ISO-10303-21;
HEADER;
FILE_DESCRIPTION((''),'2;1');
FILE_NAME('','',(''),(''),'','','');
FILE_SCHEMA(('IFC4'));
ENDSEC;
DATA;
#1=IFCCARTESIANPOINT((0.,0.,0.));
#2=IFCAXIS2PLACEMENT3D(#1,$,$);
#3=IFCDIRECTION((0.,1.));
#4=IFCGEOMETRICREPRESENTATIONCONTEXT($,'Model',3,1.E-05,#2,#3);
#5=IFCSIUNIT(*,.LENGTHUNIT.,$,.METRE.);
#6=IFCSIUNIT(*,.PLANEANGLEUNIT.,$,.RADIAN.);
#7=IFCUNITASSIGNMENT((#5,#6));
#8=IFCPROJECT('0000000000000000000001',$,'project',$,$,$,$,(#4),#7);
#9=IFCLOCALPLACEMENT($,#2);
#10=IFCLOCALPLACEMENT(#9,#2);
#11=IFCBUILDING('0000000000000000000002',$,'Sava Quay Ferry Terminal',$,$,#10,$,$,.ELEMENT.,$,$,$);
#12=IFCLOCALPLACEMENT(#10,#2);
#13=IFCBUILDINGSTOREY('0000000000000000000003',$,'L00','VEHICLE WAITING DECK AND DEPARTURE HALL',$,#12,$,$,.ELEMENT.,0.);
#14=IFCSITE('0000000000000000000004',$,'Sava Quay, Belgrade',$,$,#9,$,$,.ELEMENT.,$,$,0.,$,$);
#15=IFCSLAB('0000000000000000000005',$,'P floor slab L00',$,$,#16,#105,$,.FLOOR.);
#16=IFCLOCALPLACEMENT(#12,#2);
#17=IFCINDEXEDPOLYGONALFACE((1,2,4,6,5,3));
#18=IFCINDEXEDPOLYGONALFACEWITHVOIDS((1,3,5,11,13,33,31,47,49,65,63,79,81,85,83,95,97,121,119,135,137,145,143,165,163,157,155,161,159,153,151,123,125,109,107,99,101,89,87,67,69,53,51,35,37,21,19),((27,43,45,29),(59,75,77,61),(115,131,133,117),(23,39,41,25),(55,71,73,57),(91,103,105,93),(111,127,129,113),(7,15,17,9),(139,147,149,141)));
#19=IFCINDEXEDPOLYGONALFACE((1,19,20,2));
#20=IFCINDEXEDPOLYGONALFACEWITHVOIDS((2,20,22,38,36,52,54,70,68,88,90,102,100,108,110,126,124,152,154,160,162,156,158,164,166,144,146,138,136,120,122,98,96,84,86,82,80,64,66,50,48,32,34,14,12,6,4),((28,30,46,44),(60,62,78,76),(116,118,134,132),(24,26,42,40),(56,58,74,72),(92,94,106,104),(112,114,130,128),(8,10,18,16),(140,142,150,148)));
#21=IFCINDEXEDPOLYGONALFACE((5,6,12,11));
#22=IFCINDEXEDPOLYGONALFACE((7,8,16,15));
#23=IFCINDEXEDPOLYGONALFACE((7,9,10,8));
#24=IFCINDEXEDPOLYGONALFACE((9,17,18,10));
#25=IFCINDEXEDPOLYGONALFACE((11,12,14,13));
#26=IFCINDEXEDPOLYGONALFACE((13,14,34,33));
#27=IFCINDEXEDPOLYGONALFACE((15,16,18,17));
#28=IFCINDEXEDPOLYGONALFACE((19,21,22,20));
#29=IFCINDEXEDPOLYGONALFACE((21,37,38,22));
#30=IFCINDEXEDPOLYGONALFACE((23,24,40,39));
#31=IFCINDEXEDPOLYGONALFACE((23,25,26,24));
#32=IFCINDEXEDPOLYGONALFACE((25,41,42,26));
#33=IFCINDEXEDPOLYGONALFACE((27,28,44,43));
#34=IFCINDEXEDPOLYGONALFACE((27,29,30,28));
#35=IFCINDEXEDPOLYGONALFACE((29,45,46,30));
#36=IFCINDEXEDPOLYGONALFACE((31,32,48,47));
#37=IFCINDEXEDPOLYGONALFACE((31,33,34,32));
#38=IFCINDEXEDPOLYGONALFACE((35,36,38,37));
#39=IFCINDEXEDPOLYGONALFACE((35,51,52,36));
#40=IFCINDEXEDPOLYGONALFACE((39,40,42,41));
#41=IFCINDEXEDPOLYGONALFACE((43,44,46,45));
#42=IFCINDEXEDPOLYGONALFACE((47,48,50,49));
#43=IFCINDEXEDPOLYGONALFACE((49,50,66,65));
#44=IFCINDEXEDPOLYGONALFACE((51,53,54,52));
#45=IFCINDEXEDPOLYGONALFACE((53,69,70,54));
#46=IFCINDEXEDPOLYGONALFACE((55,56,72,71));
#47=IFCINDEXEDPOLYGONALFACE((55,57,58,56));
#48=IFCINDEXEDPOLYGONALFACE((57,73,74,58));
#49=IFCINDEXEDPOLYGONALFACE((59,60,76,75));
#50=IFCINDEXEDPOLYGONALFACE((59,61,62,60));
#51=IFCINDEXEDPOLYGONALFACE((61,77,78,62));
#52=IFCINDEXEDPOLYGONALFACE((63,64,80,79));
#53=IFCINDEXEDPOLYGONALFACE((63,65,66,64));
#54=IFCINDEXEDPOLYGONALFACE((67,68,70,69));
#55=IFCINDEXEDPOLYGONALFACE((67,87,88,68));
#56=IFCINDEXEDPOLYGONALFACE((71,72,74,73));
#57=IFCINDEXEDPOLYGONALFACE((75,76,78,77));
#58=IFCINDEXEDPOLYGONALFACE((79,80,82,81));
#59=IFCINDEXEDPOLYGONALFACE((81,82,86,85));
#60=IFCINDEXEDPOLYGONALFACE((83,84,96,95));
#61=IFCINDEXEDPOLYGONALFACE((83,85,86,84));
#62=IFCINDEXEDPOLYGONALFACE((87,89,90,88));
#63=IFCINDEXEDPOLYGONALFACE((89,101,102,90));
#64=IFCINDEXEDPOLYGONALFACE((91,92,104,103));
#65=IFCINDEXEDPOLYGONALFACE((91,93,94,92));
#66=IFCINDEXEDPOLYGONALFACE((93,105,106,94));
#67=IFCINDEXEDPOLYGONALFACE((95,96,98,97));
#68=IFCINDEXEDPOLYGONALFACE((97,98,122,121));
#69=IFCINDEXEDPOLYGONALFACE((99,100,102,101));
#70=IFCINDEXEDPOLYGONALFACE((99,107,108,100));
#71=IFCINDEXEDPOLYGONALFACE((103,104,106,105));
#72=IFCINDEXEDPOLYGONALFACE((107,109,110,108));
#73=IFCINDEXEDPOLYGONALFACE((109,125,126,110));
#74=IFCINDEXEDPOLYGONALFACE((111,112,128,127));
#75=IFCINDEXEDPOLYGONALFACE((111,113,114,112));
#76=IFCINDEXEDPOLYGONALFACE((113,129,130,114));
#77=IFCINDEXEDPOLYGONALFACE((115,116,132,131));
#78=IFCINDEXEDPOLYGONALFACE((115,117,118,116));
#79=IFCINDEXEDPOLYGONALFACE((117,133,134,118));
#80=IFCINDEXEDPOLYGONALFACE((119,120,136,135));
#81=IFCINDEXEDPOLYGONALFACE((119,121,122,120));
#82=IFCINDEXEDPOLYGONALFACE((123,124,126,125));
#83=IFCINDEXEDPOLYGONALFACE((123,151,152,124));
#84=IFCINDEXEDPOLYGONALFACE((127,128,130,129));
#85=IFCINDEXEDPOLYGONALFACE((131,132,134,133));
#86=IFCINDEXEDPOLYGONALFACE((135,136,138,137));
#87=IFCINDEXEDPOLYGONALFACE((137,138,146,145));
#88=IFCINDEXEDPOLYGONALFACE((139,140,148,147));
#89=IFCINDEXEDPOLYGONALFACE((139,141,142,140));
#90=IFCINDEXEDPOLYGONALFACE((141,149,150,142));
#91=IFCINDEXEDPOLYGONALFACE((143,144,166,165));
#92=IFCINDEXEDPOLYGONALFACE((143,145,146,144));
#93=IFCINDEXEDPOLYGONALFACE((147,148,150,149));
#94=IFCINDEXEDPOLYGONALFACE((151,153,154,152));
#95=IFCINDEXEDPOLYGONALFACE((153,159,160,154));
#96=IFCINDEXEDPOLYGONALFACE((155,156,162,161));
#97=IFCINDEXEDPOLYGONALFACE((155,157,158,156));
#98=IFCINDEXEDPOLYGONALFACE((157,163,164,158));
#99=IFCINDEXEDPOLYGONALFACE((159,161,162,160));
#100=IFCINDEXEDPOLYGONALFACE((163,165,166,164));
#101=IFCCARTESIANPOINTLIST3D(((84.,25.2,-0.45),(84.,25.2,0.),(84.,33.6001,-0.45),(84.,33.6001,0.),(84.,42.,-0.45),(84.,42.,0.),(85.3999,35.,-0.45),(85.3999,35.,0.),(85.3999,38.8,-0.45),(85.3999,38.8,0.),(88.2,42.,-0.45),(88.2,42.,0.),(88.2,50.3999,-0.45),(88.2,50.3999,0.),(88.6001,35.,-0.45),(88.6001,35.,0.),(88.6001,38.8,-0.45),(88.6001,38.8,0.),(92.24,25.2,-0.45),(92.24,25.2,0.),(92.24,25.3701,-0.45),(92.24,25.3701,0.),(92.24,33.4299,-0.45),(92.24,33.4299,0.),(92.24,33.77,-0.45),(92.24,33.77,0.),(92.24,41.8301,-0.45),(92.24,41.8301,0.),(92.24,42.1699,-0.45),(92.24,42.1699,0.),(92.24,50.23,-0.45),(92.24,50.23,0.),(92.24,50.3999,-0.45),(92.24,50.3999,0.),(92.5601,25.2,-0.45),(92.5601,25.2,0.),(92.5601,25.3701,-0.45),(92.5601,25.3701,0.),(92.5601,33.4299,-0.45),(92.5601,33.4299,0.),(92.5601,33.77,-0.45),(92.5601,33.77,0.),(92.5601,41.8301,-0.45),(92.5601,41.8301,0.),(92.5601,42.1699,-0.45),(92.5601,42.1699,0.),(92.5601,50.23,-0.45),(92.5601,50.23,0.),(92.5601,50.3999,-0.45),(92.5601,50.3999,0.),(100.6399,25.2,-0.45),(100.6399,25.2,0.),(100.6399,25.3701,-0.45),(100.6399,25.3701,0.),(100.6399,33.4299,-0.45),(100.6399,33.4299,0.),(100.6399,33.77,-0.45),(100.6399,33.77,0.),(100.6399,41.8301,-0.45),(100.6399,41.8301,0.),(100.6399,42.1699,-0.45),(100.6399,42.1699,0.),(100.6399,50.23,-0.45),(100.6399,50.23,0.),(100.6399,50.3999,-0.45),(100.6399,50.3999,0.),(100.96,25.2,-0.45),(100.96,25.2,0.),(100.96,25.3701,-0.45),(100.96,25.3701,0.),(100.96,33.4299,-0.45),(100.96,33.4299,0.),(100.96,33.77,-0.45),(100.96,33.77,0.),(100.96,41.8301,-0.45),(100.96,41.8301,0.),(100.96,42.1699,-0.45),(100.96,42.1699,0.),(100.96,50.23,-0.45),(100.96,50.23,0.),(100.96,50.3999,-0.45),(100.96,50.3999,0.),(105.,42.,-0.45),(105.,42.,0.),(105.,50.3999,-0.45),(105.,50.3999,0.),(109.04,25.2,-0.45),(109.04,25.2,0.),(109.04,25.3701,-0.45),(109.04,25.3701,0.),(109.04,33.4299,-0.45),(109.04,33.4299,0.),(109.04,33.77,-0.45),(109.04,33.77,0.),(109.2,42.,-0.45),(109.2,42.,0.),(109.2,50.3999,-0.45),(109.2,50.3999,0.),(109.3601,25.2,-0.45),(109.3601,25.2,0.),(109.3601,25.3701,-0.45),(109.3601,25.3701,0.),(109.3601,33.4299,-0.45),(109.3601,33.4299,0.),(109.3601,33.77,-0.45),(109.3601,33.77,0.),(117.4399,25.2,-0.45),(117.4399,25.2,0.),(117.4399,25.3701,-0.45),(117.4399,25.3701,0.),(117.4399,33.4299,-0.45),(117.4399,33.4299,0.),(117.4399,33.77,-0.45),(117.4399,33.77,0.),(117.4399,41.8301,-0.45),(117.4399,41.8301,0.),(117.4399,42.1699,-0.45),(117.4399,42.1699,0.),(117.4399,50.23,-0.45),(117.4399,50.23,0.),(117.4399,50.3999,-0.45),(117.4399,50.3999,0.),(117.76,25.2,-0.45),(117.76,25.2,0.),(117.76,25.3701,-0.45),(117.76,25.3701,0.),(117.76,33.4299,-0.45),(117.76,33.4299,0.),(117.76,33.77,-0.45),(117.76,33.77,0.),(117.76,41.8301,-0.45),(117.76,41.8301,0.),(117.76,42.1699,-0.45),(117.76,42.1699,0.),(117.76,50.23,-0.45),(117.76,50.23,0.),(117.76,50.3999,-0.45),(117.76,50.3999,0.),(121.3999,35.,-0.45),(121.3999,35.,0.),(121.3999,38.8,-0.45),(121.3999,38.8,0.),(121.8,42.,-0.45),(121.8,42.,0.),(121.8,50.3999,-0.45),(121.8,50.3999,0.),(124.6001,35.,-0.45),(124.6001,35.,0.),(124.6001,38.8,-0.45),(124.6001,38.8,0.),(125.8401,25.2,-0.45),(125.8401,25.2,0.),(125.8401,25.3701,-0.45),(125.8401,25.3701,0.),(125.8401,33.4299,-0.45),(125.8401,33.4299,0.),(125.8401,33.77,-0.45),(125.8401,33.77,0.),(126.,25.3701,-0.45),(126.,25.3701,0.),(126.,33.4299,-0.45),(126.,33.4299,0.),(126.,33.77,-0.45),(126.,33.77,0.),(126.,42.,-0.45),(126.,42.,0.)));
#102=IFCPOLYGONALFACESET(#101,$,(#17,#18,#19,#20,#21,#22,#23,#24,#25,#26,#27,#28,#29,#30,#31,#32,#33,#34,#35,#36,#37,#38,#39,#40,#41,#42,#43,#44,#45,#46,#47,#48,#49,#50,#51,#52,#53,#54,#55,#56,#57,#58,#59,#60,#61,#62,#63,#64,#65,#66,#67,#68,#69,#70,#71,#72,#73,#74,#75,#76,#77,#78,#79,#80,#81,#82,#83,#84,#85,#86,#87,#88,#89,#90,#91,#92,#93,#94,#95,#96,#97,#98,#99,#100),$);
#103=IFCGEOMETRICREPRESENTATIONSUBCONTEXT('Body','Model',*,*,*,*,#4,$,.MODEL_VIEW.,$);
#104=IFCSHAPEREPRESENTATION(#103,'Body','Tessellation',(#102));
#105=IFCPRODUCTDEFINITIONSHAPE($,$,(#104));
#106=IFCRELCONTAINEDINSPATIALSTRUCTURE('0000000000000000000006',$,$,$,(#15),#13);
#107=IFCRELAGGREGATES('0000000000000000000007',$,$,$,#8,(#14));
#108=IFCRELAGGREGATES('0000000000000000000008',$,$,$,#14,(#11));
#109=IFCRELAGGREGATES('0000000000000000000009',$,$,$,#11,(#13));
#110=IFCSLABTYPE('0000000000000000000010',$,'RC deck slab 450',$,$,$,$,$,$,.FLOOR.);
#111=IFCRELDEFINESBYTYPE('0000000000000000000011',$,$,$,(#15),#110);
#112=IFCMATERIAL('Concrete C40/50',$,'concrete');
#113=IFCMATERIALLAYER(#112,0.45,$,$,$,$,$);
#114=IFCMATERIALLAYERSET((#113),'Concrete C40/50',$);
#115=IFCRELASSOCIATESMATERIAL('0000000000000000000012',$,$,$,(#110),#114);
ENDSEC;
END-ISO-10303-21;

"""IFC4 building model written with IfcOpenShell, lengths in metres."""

from ifc_helpers import new_model, si_unit, direction, frame, origin, place, context, subcontext, project, spatial, polyline, outline, extrude, material, layer, layer_set, type_object, element, save


model = new_model("IFC4")

# Units and contexts
model_context = context("Model", 3, precision=1e-05, world=origin(), true_north=direction((0.0, 1.0)))
body_context = subcontext(model_context, "Body", "Model", "MODEL_VIEW")
ifc_project = project(units=[si_unit("LENGTHUNIT", "METRE"), si_unit("PLANEANGLEUNIT", "RADIAN")], contexts=[model_context])

# Site, building, storey
site_placement = place(None, origin())
site = spatial("IfcSite", under=ifc_project, at=site_placement, Name="Sava Quay, Belgrade", CompositionType="ELEMENT", RefElevation=0.0)
building_placement = place(site_placement, origin())
building = spatial("IfcBuilding", under=site, at=building_placement, Name="Sava Quay Ferry Terminal", CompositionType="ELEMENT")
storey_placement = place(building_placement, origin())
storey = spatial("IfcBuildingStorey", under=building, at=storey_placement, Name="L00", Description="VEHICLE WAITING DECK AND DEPARTURE HALL", CompositionType="ELEMENT", Elevation=0.0)

# Slab
ifc_material_1 = material(Name="Concrete C40/50", Category="concrete")
ifc_layer_1 = layer(ifc_material_1, 0.45)
ifc_layer_set_1 = layer_set([ifc_layer_1], Name="Concrete C40/50")
slab_type = type_object("IfcSlabType", Name="RC deck slab 450", PredefinedType="FLOOR", material=ifc_layer_set_1)
slab_1_placement = place(storey_placement, frame((0.0, 0.0, -0.45)))
element("IfcSlab", 1, at=slab_1_placement, inside=storey, type_object=slab_type, Name="P floor slab L00", PredefinedType="FLOOR", context=body_context, shape_type="SweptSolid", body=[
    extrude(outline(polyline([(126.0, 25.3701), (125.8401, 25.3701), (125.8401, 25.2), (117.76, 25.2), (117.76, 25.3701), (117.4399, 25.3701), (117.4399, 25.2), (109.3601, 25.2), (109.3601, 25.3701), (109.04, 25.3701), (109.04, 25.2), (100.96, 25.2), (100.96, 25.3701), (100.6399, 25.3701), (100.6399, 25.2), (92.5601, 25.2), (92.5601, 25.3701), (92.24, 25.3701), (92.24, 25.2), (84.0, 25.2), (84.0, 33.6001), (84.0, 42.0), (88.2, 42.0), (88.2, 50.3999), (92.24, 50.3999), (92.24, 50.23), (92.5601, 50.23), (92.5601, 50.3999), (100.6399, 50.3999), (100.6399, 50.23), (100.96, 50.23), (100.96, 50.3999), (105.0, 50.3999), (105.0, 42.0), (109.2, 42.0), (109.2, 50.3999), (117.4399, 50.3999), (117.4399, 50.23), (117.76, 50.23), (117.76, 50.3999), (121.8, 50.3999), (121.8, 42.0), (126.0, 42.0), (126.0, 33.77), (125.8401, 33.77), (125.8401, 33.4299), (126.0, 33.4299), (126.0, 25.3701)]), holes=[polyline([(92.5601, 33.77), (92.24, 33.77), (92.24, 33.4299), (92.5601, 33.4299), (92.5601, 33.77)]), polyline([(109.3601, 33.77), (109.04, 33.77), (109.04, 33.4299), (109.3601, 33.4299), (109.3601, 33.77)]), polyline([(100.96, 33.77), (100.6399, 33.77), (100.6399, 33.4299), (100.96, 33.4299), (100.96, 33.77)]), polyline([(117.4399, 33.77), (117.4399, 33.4299), (117.76, 33.4299), (117.76, 33.77), (117.4399, 33.77)]), polyline([(88.6001, 38.8), (85.3999, 38.8), (85.3999, 35.0), (88.6001, 35.0), (88.6001, 38.8)]), polyline([(124.6001, 38.8), (121.3999, 38.8), (121.3999, 35.0), (124.6001, 35.0), (124.6001, 38.8)]), polyline([(100.96, 42.1699), (100.6399, 42.1699), (100.6399, 41.8301), (100.96, 41.8301), (100.96, 42.1699)]), polyline([(117.76, 42.1699), (117.4399, 42.1699), (117.4399, 41.8301), (117.76, 41.8301), (117.76, 42.1699)]), polyline([(92.5601, 42.1699), (92.24, 42.1699), (92.24, 41.8301), (92.5601, 41.8301), (92.5601, 42.1699)])]), origin(), (0.0, 0.0, 1.0), 0.45),
])

save(model, "model.ifc")
